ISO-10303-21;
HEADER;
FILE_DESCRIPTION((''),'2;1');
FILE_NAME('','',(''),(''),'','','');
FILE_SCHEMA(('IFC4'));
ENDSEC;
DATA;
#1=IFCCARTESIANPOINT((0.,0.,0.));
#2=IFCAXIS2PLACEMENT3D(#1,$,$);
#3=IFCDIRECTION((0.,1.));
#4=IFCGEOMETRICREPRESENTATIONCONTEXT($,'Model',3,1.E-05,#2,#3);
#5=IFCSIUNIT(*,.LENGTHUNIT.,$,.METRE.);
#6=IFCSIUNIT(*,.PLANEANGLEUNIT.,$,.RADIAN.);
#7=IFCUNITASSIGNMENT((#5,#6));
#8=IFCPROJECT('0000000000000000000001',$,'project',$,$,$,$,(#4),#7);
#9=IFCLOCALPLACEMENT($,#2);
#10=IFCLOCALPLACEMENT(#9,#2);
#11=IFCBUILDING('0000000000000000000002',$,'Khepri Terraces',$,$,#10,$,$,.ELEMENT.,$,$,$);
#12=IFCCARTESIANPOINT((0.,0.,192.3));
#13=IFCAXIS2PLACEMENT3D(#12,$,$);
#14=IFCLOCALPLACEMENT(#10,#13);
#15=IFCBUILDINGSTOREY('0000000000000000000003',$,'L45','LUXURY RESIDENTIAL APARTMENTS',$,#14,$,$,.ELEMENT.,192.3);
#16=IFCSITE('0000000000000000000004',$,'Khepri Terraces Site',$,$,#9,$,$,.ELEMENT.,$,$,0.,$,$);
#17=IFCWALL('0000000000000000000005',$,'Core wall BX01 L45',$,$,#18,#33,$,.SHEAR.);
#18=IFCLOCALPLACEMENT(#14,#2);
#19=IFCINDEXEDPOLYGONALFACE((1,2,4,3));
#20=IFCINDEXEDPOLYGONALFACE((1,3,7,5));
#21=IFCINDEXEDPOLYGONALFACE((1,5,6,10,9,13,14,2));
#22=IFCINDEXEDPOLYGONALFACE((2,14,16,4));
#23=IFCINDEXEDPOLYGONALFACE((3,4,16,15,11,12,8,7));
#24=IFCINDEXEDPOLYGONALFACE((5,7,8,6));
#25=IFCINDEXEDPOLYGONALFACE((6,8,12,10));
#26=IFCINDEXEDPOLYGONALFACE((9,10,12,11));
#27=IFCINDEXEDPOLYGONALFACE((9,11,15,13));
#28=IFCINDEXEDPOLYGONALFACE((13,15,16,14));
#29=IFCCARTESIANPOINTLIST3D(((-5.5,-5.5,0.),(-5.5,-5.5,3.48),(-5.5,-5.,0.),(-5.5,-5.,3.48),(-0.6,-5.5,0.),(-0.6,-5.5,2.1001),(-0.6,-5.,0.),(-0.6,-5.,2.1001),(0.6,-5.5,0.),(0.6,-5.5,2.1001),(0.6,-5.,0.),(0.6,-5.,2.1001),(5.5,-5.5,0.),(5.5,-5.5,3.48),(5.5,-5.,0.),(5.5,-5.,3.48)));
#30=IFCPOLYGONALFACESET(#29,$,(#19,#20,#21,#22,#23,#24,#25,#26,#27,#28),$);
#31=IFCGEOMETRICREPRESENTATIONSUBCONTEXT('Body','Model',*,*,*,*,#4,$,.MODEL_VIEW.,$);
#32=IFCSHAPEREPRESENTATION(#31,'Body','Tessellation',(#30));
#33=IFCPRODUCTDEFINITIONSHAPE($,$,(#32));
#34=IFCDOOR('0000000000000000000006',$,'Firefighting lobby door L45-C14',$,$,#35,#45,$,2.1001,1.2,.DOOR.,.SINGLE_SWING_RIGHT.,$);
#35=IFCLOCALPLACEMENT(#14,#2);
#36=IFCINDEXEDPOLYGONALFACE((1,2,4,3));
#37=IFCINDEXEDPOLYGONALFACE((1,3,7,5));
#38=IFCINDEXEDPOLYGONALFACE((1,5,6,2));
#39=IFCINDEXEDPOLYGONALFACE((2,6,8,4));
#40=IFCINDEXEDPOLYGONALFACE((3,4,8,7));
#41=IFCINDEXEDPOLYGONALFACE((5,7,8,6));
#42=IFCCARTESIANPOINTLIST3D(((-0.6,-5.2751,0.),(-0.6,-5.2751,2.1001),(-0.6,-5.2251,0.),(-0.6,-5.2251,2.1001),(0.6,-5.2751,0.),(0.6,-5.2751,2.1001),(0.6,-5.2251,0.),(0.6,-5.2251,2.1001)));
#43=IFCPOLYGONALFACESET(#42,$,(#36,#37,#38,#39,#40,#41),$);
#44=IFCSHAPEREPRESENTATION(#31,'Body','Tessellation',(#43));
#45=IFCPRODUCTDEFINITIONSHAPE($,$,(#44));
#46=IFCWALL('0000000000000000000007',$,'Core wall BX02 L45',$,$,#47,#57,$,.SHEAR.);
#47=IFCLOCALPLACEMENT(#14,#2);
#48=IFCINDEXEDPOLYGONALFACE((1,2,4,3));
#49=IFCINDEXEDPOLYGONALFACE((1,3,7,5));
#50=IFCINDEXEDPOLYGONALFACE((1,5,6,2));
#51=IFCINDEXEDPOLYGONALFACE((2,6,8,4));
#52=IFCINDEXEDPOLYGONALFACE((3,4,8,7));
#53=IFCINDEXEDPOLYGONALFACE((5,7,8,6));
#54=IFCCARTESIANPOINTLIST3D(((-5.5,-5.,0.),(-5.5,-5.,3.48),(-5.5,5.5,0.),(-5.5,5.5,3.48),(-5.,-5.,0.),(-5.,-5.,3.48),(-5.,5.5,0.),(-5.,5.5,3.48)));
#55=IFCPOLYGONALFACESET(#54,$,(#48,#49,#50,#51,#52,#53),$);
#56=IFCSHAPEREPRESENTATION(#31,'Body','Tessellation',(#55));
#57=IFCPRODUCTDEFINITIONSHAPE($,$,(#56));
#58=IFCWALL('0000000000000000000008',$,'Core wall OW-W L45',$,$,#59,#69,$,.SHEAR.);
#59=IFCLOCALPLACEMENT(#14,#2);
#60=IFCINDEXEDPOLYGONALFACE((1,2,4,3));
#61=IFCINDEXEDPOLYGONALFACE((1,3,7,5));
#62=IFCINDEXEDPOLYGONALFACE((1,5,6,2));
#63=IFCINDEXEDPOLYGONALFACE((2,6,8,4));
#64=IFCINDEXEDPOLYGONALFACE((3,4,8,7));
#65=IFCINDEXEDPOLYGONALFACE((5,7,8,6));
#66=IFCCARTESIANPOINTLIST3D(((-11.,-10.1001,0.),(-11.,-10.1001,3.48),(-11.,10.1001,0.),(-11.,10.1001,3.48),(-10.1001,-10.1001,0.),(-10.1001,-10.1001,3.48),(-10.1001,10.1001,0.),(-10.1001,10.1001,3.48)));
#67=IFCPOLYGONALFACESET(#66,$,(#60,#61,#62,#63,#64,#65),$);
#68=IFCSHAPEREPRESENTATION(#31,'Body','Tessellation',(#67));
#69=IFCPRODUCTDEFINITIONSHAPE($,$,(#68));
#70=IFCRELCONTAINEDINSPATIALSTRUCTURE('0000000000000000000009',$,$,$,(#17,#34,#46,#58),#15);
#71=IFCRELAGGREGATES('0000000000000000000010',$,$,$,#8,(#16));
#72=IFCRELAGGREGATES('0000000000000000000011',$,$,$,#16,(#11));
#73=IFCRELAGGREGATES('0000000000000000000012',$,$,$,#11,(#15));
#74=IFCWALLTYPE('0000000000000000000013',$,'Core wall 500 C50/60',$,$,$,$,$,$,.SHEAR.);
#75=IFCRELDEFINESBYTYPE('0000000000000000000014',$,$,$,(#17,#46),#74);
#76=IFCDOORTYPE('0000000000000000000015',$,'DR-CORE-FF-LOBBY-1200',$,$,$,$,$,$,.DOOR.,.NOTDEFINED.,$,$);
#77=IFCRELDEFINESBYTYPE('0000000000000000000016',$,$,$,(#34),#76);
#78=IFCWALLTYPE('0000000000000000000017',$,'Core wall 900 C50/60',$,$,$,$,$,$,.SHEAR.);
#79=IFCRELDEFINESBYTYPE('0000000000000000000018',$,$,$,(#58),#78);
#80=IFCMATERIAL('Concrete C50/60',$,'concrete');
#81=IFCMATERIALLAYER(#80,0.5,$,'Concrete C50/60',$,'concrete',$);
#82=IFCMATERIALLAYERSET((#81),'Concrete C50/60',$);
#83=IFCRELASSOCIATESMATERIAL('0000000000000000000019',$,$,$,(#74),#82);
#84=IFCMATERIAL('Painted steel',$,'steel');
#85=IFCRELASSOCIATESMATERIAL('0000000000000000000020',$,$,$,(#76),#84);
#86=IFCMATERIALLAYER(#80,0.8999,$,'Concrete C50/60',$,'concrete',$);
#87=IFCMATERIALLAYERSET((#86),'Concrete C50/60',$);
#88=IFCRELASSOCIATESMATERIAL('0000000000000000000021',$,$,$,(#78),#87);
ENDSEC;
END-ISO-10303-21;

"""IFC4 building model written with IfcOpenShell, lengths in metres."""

from ifc_helpers import new_model, si_unit, direction, frame, frame_2d, origin, place, context, subcontext, project, spatial, rectangle, extrude, material, layer, layer_set, type_object, element, fill, save


model = new_model("IFC4")

# Units and contexts
model_context = context("Model", 3, precision=1e-05, world=origin(), true_north=direction((0.0, 1.0)))
body_context = subcontext(model_context, "Body", "Model", "MODEL_VIEW")
ifc_project = project(units=[si_unit("LENGTHUNIT", "METRE"), si_unit("PLANEANGLEUNIT", "RADIAN")], contexts=[model_context])

# Site, building, storey
site_placement = place(None, origin())
site = spatial("IfcSite", under=ifc_project, at=site_placement, Name="Khepri Terraces Site", CompositionType="ELEMENT", RefElevation=0.0)
building_placement = place(site_placement, origin())
building = spatial("IfcBuilding", under=site, at=building_placement, Name="Khepri Terraces", CompositionType="ELEMENT")
storey_placement = place(building_placement, frame((0.0, 0.0, 192.3)))
storey = spatial("IfcBuildingStorey", under=building, at=storey_placement, Name="L45", Description="LUXURY RESIDENTIAL APARTMENTS", CompositionType="ELEMENT", Elevation=192.3)

# Shared definitions
ifc_material_1 = material(Name="Concrete C50/60", Category="concrete")

# Shared definitions
ifc_material_2 = material(Name="Painted steel", Category="steel")

# Wall, opening, door
ifc_layer_1 = layer(ifc_material_1, 0.5, Name="Concrete C50/60", Category="concrete")
ifc_layer_set_1 = layer_set([ifc_layer_1], Name="Concrete C50/60")
wall_type_1 = type_object("IfcWallType", Name="Core wall 500 C50/60", PredefinedType="SHEAR", material=ifc_layer_set_1)
wall_1_placement = place(storey_placement, frame((-5.5, -5.25, 0.0), z_axis=(0.0, 0.0, 1.0), x_axis=(1.0, 0.0, 0.0)))
wall_1 = element("IfcWall", 1, at=wall_1_placement, inside=storey, type_object=wall_type_1, Name="Core wall BX01 L45", PredefinedType="SHEAR", context=body_context, shape_type="SweptSolid", body=[
    extrude(rectangle(XDim=11.0, YDim=0.5, at=frame_2d((5.5, 0.0))), origin(), (0.0, 0.0, 1.0), 3.48),
])
opening_1_placement = place(wall_1_placement, frame((4.8999, 0.0, 0.0)))
opening_1 = element("IfcOpeningElement", 2, at=opening_1_placement, cuts=wall_1, PredefinedType="OPENING", context=body_context, shape_type="SweptSolid", body=[
    extrude(rectangle(XDim=1.2, YDim=2.1001, at=frame_2d((0.6001, 1.05))), frame((0.0, 0.26, 0.0), z_axis=(0.0, -1.0, 0.0), x_axis=(1.0, 0.0, 0.0)), (0.0, 0.0, 1.0), 0.52),
])
door_type_1 = type_object("IfcDoorType", Name="DR-CORE-FF-LOBBY-1200", OperationType="NOTDEFINED", PredefinedType="DOOR", material=ifc_material_2)
door_1_placement = place(opening_1_placement, origin())
door_1 = element("IfcDoor", 3, at=door_1_placement, inside=storey, type_object=door_type_1, Name="Firefighting lobby door L45-C14", OperationType="SINGLE_SWING_RIGHT", OverallHeight=2.1001, OverallWidth=1.2, PredefinedType="DOOR", context=body_context, shape_type="SweptSolid", body=[
    extrude(rectangle(XDim=1.2, YDim=2.1001, at=frame_2d((0.6001, 1.05))), frame((0.0, 0.0249, 0.0), z_axis=(0.0, -1.0, 0.0), x_axis=(1.0, 0.0, 0.0)), (0.0, 0.0, 1.0), 0.05),
])
fill(opening_1, door_1)

# Walls
wall_2_placement = place(storey_placement, frame((-5.25, -5.0, 0.0), z_axis=(0.0, 0.0, 1.0), x_axis=(0.0, 1.0, 0.0)))
element("IfcWall", 4, at=wall_2_placement, inside=storey, type_object=wall_type_1, Name="Core wall BX02 L45", PredefinedType="SHEAR", context=body_context, shape_type="SweptSolid", body=[
    extrude(rectangle(XDim=10.5, YDim=0.5, at=frame_2d((5.25, 0.0))), origin(), (0.0, 0.0, 1.0), 3.48),
])
ifc_layer_2 = layer(ifc_material_1, 0.8999, Name="Concrete C50/60", Category="concrete")
ifc_layer_set_2 = layer_set([ifc_layer_2], Name="Concrete C50/60")
wall_type_2 = type_object("IfcWallType", Name="Core wall 900 C50/60", PredefinedType="SHEAR", material=ifc_layer_set_2)
wall_3_placement = place(storey_placement, frame((-10.55, -10.1001, 0.0), z_axis=(0.0, 0.0, 1.0), x_axis=(0.0, 1.0, 0.0)))
element("IfcWall", 5, at=wall_3_placement, inside=storey, type_object=wall_type_2, Name="Core wall OW-W L45", PredefinedType="SHEAR", context=body_context, shape_type="SweptSolid", body=[
    extrude(rectangle(XDim=20.2002, YDim=0.8999, at=frame_2d((10.1001, 0.0))), origin(), (0.0, 0.0, 1.0), 3.48),
])

save(model, "model.ifc")
